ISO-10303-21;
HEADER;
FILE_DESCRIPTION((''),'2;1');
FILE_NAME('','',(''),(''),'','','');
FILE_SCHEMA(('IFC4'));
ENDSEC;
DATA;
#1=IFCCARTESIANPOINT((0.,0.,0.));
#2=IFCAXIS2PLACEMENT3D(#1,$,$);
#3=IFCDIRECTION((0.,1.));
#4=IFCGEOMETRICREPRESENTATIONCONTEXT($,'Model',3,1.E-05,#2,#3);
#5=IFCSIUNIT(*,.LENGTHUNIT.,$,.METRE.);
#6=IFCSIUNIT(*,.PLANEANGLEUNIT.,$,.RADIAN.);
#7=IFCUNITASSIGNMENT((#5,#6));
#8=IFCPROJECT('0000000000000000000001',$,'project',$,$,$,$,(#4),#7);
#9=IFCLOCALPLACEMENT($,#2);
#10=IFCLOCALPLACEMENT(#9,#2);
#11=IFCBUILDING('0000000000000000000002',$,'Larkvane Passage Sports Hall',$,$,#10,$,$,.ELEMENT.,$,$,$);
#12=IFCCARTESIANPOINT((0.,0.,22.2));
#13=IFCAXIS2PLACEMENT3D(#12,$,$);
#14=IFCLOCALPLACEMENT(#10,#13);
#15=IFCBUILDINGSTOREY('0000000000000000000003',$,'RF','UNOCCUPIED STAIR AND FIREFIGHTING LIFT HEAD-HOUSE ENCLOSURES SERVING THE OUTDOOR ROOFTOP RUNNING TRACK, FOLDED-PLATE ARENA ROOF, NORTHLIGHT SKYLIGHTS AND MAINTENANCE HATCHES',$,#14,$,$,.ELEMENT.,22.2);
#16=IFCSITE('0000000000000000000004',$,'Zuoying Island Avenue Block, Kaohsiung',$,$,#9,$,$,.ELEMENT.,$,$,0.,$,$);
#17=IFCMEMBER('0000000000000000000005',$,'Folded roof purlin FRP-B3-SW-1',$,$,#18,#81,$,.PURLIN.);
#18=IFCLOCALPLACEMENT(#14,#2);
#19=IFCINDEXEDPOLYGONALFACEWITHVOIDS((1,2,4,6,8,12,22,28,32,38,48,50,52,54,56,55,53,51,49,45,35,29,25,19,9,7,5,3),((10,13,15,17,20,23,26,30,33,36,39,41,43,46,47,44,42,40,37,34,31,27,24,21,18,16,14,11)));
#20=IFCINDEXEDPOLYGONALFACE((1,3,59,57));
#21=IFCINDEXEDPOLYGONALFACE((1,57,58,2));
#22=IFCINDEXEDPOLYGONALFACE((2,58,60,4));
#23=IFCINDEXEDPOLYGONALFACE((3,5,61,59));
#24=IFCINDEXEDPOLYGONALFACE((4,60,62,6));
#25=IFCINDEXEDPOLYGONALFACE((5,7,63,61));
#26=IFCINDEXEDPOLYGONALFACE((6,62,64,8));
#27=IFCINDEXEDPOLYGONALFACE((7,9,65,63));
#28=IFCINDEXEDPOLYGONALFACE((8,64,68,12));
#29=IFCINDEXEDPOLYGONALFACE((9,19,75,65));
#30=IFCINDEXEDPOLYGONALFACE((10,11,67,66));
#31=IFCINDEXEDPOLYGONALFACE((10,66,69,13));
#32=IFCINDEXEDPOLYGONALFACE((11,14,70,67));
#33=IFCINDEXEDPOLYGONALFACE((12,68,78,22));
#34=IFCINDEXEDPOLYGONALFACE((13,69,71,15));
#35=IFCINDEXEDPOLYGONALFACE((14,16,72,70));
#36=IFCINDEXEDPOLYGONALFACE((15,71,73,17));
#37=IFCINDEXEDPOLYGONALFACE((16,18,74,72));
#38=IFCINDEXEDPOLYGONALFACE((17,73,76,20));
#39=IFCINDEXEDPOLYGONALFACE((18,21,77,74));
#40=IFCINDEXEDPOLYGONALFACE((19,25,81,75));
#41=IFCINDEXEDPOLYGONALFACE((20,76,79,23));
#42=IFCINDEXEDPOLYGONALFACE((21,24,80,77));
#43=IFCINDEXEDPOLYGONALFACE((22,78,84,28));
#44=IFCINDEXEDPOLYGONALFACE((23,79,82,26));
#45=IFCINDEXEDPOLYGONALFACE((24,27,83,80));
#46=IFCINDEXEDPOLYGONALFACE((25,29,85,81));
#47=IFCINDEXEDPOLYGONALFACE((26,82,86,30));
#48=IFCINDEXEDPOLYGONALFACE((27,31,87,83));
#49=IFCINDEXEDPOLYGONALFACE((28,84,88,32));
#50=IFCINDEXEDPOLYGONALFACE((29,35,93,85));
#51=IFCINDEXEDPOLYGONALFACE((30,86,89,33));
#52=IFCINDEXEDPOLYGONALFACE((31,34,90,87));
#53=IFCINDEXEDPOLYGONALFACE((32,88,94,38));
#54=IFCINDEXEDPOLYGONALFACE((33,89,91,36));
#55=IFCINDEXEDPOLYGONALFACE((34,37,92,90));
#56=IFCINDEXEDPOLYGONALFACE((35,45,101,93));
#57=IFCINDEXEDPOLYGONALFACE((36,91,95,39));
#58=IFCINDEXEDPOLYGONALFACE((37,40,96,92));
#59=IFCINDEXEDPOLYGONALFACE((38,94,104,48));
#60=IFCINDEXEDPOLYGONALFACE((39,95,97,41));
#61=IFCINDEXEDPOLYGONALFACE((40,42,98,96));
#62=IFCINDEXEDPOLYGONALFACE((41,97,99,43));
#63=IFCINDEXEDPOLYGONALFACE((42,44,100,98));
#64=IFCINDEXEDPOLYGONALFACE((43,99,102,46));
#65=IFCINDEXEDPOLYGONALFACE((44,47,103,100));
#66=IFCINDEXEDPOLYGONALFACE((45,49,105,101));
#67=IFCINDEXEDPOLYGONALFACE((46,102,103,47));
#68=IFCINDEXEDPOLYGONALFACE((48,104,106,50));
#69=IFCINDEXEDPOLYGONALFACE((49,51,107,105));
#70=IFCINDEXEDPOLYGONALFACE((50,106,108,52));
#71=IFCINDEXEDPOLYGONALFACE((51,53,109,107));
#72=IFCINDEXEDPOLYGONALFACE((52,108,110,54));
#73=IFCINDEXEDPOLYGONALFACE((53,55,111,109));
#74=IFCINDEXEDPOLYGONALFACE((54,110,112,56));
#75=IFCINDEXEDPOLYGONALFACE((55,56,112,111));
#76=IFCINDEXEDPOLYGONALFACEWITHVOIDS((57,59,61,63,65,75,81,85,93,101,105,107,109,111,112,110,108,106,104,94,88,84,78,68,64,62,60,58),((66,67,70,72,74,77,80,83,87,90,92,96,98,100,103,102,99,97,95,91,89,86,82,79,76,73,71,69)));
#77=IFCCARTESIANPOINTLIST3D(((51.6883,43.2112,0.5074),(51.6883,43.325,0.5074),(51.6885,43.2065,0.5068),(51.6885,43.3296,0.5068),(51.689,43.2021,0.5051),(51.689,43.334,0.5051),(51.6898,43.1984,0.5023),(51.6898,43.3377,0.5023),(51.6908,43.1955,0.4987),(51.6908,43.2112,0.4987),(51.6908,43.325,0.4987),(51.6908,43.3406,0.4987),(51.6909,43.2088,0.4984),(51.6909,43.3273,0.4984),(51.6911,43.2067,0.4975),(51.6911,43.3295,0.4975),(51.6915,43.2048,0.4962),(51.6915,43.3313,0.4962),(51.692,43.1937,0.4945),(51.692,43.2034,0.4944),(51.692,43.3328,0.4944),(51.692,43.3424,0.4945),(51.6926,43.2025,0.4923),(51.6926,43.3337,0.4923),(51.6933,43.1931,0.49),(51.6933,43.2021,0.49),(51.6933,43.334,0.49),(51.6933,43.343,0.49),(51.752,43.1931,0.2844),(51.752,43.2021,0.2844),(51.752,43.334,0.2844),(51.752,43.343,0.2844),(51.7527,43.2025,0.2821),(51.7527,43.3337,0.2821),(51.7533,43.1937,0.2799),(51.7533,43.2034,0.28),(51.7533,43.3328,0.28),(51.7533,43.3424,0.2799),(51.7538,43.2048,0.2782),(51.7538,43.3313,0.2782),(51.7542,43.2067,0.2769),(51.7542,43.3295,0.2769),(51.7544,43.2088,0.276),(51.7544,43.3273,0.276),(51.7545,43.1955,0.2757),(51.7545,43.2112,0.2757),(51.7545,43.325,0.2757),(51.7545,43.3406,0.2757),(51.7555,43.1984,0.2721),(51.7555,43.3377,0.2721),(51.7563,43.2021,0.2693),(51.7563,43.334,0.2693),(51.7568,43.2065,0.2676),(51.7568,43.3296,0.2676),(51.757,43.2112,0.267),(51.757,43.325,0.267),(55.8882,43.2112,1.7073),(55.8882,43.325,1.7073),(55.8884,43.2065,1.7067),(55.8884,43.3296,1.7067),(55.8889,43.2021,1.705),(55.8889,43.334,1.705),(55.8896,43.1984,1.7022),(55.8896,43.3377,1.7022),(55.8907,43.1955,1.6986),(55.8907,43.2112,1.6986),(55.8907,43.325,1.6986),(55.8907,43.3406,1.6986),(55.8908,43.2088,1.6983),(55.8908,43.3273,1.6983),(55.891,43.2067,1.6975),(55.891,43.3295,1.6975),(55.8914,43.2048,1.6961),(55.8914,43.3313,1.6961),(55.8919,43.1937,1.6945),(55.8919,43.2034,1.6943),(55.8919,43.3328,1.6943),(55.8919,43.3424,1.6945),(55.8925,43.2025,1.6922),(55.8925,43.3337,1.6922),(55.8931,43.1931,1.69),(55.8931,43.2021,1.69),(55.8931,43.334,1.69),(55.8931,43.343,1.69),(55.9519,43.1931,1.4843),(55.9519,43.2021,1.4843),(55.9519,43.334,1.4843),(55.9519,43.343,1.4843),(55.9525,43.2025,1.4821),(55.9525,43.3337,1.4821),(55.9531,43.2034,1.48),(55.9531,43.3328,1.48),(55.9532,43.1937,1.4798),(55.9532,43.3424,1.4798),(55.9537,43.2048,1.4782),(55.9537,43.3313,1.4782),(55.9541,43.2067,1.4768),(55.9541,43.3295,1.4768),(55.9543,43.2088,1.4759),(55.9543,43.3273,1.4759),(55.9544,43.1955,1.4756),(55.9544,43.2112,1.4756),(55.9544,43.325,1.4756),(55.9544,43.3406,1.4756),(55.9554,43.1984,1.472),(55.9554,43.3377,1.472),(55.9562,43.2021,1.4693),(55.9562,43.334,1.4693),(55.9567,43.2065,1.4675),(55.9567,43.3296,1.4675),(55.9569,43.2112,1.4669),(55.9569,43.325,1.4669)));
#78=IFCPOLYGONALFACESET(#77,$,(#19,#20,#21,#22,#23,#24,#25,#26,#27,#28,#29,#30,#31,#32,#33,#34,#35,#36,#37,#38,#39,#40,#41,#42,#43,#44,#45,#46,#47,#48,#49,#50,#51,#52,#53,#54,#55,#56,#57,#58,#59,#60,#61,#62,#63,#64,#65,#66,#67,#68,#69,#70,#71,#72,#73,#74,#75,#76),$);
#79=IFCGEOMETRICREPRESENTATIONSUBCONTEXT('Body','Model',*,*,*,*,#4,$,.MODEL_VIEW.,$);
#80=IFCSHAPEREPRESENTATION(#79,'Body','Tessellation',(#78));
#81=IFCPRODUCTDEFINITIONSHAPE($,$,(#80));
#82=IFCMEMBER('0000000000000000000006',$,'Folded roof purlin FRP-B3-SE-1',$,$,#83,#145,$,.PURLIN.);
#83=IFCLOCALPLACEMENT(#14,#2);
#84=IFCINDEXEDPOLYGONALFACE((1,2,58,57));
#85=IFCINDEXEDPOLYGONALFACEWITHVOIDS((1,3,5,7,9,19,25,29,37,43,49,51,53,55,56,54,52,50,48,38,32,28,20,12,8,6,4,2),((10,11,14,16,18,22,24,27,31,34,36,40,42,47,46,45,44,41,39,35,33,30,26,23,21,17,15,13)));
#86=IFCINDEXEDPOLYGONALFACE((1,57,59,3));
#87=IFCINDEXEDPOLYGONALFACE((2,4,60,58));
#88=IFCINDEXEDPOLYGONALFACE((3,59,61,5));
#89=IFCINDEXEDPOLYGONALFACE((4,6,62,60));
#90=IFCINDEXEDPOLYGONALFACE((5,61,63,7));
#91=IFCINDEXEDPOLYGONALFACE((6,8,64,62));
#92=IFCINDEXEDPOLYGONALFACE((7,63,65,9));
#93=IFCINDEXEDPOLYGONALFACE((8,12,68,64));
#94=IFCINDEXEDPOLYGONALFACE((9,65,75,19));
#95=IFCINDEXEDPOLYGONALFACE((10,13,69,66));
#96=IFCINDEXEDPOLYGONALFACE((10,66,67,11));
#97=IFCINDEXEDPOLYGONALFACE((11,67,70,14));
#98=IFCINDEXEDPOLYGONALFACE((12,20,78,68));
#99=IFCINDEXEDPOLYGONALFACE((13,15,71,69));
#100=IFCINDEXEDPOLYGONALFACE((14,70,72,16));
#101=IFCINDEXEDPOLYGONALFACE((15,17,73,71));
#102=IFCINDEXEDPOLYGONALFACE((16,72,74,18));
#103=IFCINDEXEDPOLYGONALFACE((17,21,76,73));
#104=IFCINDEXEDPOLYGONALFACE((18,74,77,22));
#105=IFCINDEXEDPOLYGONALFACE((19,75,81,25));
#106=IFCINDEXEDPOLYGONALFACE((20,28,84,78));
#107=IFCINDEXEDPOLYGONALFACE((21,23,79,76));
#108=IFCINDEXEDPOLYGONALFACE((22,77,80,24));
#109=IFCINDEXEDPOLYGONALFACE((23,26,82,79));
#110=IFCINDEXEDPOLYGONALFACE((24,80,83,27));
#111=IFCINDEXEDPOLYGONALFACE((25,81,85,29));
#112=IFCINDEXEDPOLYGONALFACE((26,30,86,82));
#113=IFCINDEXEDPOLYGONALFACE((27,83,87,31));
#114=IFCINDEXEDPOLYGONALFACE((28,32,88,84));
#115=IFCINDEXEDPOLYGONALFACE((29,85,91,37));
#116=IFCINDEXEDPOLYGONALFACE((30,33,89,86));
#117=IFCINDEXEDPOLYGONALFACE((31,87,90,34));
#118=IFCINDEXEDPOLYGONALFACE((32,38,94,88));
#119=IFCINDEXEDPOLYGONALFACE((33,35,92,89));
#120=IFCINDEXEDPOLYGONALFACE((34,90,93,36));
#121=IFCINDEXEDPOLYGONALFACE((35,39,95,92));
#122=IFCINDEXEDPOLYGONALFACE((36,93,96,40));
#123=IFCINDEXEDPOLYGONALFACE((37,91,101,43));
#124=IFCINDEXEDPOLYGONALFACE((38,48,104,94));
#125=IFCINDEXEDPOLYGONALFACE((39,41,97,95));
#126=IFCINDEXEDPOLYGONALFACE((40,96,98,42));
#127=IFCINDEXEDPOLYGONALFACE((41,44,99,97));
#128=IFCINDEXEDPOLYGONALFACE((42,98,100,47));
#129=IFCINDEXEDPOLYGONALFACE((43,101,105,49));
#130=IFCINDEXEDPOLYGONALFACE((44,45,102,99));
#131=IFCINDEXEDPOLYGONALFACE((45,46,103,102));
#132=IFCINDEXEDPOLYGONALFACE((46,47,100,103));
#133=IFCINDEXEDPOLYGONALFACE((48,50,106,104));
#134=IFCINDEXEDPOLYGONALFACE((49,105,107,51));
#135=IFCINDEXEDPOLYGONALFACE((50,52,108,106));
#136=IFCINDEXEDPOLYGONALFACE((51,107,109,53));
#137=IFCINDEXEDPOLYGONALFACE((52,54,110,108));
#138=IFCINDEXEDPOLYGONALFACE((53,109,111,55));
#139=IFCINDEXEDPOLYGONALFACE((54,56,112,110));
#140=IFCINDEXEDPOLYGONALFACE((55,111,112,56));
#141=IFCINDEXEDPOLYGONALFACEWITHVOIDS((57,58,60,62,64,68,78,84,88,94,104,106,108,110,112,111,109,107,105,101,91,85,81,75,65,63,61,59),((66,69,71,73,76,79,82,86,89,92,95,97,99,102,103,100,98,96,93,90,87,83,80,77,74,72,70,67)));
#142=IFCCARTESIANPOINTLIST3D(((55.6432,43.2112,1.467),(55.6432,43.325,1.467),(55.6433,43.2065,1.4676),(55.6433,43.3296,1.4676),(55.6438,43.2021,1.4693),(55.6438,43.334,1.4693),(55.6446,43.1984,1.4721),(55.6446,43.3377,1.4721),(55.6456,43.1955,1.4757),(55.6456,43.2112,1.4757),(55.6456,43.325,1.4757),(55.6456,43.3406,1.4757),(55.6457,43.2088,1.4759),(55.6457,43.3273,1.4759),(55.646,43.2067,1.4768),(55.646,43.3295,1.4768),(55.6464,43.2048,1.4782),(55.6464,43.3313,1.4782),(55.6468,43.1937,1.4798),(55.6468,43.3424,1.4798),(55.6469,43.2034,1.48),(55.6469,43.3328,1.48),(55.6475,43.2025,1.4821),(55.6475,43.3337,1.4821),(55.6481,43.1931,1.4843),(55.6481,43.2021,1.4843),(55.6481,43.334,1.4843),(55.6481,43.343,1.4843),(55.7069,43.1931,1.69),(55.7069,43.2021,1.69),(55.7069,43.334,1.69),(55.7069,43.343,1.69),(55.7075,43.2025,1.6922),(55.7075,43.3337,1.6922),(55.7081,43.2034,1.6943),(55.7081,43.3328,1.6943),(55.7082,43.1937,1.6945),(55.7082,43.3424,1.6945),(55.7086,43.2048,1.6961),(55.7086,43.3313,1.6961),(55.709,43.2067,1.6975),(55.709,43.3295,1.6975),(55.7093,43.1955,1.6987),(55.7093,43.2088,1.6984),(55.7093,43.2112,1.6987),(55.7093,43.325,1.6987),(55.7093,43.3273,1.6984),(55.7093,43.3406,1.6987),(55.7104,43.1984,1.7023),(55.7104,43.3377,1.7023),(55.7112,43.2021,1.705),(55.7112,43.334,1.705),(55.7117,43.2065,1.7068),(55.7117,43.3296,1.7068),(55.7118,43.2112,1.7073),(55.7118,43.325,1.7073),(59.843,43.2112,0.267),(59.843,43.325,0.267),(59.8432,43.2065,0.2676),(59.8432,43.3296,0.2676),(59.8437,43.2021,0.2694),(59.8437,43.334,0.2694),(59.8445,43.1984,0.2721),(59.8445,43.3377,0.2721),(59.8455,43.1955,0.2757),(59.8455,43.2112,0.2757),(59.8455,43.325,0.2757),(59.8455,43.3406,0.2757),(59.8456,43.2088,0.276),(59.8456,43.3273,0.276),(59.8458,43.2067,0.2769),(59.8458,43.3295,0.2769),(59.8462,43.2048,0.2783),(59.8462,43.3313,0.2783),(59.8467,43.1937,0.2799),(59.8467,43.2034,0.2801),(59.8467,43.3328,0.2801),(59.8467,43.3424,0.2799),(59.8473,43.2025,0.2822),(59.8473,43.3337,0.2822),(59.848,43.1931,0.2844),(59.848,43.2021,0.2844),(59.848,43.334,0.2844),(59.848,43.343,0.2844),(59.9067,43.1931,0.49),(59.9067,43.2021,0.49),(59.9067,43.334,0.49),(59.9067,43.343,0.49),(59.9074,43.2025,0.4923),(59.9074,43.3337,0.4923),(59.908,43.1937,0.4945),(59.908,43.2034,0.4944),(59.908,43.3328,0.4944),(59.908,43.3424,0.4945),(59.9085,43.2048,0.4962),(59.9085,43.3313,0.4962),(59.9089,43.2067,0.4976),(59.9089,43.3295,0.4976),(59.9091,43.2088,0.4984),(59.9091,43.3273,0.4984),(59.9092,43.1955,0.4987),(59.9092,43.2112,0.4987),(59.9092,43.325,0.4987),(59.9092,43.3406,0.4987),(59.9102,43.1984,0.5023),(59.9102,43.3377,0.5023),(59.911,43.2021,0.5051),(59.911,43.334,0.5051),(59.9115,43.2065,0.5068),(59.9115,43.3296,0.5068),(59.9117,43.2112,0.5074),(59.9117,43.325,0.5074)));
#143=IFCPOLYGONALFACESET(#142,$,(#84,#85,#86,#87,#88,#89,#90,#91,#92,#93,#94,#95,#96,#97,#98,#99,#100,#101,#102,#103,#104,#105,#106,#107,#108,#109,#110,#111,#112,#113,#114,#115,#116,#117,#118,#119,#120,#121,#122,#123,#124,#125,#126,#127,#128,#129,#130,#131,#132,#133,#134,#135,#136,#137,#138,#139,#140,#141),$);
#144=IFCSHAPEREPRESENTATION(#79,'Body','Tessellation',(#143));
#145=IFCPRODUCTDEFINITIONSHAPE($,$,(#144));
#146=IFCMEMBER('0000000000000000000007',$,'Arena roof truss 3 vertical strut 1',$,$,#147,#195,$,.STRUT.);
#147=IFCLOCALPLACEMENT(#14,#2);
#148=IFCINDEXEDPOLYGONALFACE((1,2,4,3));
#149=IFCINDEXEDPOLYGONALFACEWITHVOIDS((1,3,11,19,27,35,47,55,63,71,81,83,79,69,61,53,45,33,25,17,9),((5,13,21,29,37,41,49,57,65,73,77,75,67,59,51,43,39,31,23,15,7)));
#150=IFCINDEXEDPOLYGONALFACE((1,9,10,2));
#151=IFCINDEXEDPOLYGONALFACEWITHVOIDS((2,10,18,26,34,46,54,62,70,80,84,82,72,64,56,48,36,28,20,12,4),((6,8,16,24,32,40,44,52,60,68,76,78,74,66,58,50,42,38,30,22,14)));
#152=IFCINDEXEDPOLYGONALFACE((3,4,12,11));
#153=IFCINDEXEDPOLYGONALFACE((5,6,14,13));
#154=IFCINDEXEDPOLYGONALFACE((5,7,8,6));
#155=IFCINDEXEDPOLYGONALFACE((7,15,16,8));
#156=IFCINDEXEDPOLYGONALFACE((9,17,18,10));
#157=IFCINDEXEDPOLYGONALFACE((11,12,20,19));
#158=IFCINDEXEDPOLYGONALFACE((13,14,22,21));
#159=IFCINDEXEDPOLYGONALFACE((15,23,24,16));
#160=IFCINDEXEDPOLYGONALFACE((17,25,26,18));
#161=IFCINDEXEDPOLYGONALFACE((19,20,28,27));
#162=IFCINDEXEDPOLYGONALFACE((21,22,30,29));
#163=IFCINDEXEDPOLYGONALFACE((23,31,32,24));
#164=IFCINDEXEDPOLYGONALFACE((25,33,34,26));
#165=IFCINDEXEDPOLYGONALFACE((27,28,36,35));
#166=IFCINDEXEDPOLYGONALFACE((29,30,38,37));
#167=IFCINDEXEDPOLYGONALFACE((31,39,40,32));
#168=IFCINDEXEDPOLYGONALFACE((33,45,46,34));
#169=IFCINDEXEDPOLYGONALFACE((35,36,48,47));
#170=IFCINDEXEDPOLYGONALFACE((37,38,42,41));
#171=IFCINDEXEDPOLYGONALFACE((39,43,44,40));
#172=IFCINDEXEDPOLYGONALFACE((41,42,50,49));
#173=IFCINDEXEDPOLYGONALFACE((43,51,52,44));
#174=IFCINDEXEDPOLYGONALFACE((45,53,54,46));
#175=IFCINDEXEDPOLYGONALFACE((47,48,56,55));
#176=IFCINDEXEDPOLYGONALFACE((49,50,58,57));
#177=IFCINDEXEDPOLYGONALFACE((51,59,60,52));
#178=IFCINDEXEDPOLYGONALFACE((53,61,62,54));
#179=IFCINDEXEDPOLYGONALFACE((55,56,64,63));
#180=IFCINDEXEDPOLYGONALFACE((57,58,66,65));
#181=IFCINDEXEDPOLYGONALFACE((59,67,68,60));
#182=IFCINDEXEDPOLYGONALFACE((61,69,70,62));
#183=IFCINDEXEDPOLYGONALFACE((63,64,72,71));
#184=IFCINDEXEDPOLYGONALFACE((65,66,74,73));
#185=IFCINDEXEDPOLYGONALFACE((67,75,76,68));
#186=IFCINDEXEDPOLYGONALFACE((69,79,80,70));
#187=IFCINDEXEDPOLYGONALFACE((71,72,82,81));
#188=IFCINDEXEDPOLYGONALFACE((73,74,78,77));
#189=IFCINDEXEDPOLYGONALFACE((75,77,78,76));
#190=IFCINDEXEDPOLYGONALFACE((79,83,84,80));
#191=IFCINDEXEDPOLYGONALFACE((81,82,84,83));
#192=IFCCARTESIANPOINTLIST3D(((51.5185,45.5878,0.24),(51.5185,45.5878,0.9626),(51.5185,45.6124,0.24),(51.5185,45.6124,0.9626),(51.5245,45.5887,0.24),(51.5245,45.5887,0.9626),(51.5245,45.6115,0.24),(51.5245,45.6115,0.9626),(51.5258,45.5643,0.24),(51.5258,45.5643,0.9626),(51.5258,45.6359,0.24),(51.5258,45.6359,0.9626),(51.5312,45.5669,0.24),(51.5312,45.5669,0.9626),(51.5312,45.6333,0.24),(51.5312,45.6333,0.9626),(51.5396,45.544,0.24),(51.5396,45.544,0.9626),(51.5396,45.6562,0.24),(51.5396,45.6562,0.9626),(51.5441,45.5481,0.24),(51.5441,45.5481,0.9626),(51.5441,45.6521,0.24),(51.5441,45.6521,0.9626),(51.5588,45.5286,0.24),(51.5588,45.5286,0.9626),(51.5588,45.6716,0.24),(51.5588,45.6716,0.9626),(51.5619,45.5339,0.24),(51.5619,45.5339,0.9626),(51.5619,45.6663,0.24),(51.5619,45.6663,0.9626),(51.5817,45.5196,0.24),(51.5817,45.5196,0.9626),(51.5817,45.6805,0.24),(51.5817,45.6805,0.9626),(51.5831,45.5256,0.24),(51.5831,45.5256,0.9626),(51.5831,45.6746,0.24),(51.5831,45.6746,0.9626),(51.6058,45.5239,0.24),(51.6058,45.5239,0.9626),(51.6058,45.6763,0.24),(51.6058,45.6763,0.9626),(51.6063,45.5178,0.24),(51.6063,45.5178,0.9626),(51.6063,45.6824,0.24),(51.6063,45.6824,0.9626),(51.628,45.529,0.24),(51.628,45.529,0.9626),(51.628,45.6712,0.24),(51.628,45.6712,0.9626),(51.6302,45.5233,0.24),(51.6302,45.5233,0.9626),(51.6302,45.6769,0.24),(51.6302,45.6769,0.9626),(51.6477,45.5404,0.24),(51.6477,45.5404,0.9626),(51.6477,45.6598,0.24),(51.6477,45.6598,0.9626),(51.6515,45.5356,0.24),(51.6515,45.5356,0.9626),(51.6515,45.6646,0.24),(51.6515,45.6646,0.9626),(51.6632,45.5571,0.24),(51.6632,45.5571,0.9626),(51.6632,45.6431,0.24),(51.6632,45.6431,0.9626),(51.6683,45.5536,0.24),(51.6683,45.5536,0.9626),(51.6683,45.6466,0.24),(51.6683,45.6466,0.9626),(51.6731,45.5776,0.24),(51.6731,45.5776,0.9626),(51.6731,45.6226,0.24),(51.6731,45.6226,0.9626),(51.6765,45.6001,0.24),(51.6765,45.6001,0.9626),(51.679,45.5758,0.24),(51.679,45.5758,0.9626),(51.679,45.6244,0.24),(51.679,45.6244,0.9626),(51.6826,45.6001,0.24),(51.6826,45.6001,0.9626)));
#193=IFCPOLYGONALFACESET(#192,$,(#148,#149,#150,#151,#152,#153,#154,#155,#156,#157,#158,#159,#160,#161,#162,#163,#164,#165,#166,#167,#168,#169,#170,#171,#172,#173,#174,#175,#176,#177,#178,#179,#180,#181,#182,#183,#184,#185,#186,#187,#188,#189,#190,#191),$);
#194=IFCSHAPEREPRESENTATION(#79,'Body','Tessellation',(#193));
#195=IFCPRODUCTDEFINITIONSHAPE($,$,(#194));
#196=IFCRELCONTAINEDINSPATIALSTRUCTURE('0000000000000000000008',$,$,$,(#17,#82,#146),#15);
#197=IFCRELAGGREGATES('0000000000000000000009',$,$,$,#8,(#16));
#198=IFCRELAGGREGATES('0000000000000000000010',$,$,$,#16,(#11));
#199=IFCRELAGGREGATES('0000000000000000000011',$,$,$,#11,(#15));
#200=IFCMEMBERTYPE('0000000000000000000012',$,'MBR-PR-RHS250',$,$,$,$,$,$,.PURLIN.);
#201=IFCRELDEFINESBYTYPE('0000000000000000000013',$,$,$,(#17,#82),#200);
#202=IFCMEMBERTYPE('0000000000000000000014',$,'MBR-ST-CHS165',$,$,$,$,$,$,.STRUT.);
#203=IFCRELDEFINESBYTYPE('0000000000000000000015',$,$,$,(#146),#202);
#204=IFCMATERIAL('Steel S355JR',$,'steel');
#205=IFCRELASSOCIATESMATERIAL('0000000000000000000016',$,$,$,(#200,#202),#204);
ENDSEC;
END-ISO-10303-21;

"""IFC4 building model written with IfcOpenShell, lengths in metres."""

from ifc_helpers import new_model, si_unit, direction, frame, origin, origin_2d, place, context, subcontext, project, spatial, hollow_rectangle, hollow_circle, extrude, material, material_profile, profile_set, type_object, element, save


model = new_model("IFC4")

# Units and contexts
model_context = context("Model", 3, precision=1e-05, world=origin(), true_north=direction((0.0, 1.0)))
body_context = subcontext(model_context, "Body", "Model", "MODEL_VIEW")
ifc_project = project(units=[si_unit("LENGTHUNIT", "METRE"), si_unit("PLANEANGLEUNIT", "RADIAN")], contexts=[model_context])

# Site, building, storey
site_placement = place(None, origin())
site = spatial("IfcSite", under=ifc_project, at=site_placement, Name="Zuoying Island Avenue Block, Kaohsiung", CompositionType="ELEMENT", RefElevation=0.0)
building_placement = place(site_placement, origin())
building = spatial("IfcBuilding", under=site, at=building_placement, Name="Larkvane Passage Sports Hall", CompositionType="ELEMENT")
storey_placement = place(building_placement, frame((0.0, 0.0, 22.2)))
storey = spatial("IfcBuildingStorey", under=building, at=storey_placement, Name="RF", Description="UNOCCUPIED STAIR AND FIREFIGHTING LIFT HEAD-HOUSE ENCLOSURES SERVING THE OUTDOOR ROOFTOP RUNNING TRACK, FOLDED-PLATE ARENA ROOF, NORTHLIGHT SKYLIGHTS AND MAINTENANCE HATCHES", CompositionType="ELEMENT", Elevation=22.2)

# Members
ifc_material_1 = material(Name="Steel S355JR", Category="steel")
ifc_material_profile_1 = material_profile(ifc_material_1, hollow_rectangle(XDim=0.1499, YDim=0.25, WallThickness=0.009, InnerFilletRadius=0.009, OuterFilletRadius=0.0181, at=origin_2d()), Name="RHS-250x150x9")
ifc_profile_set_1 = profile_set([ifc_material_profile_1], Name="Steel S355JR")
member_type_1 = type_object("IfcMemberType", Name="MBR-PR-RHS250", PredefinedType="PURLIN", material=ifc_profile_set_1)
for number, where, z_axis, x_axis, name in (
    (1, (51.7227, 43.2681, 0.3872), (0.961526, 0.0, 0.274714), (0.0, 1.0, 0.0), "Folded roof purlin FRP-B3-SW-1"),
    (2, (55.6775, 43.2681, 1.5872), (0.961526, 0.0, -0.274714), (0.0, 1.0, 0.0), "Folded roof purlin FRP-B3-SE-1"),
):
    element("IfcMember", number, at=place(storey_placement, frame(where, z_axis=z_axis, x_axis=x_axis)), inside=storey, type_object=member_type_1, Name=name, PredefinedType="PURLIN", context=body_context, shape_type="SweptSolid", body=[
        extrude(hollow_rectangle(XDim=0.1499, YDim=0.25, WallThickness=0.009, InnerFilletRadius=0.009, OuterFilletRadius=0.0181, at=origin_2d()), origin(), (0.0, 0.0, 1.0), 4.3679),
    ])
ifc_material_profile_2 = material_profile(ifc_material_1, hollow_circle(Radius=0.0825, WallThickness=0.0061, at=origin_2d()), Name="CHS-165.2x6.0")
ifc_profile_set_2 = profile_set([ifc_material_profile_2], Name="Steel S355JR")
member_type_2 = type_object("IfcMemberType", Name="MBR-ST-CHS165", PredefinedType="STRUT", material=ifc_profile_set_2)
member_1_placement = place(storey_placement, frame((51.6001, 45.6001, 0.24), z_axis=(0.0, 0.0, 1.0), x_axis=(1.0, 0.0, 0.0)))
element("IfcMember", 3, at=member_1_placement, inside=storey, type_object=member_type_2, Name="Arena roof truss 3 vertical strut 1", PredefinedType="STRUT", context=body_context, shape_type="SweptSolid", body=[
    extrude(hollow_circle(Radius=0.0825, WallThickness=0.0061, at=origin_2d()), origin(), (0.0, 0.0, 1.0), 0.7227),
])

save(model, "model.ifc")
